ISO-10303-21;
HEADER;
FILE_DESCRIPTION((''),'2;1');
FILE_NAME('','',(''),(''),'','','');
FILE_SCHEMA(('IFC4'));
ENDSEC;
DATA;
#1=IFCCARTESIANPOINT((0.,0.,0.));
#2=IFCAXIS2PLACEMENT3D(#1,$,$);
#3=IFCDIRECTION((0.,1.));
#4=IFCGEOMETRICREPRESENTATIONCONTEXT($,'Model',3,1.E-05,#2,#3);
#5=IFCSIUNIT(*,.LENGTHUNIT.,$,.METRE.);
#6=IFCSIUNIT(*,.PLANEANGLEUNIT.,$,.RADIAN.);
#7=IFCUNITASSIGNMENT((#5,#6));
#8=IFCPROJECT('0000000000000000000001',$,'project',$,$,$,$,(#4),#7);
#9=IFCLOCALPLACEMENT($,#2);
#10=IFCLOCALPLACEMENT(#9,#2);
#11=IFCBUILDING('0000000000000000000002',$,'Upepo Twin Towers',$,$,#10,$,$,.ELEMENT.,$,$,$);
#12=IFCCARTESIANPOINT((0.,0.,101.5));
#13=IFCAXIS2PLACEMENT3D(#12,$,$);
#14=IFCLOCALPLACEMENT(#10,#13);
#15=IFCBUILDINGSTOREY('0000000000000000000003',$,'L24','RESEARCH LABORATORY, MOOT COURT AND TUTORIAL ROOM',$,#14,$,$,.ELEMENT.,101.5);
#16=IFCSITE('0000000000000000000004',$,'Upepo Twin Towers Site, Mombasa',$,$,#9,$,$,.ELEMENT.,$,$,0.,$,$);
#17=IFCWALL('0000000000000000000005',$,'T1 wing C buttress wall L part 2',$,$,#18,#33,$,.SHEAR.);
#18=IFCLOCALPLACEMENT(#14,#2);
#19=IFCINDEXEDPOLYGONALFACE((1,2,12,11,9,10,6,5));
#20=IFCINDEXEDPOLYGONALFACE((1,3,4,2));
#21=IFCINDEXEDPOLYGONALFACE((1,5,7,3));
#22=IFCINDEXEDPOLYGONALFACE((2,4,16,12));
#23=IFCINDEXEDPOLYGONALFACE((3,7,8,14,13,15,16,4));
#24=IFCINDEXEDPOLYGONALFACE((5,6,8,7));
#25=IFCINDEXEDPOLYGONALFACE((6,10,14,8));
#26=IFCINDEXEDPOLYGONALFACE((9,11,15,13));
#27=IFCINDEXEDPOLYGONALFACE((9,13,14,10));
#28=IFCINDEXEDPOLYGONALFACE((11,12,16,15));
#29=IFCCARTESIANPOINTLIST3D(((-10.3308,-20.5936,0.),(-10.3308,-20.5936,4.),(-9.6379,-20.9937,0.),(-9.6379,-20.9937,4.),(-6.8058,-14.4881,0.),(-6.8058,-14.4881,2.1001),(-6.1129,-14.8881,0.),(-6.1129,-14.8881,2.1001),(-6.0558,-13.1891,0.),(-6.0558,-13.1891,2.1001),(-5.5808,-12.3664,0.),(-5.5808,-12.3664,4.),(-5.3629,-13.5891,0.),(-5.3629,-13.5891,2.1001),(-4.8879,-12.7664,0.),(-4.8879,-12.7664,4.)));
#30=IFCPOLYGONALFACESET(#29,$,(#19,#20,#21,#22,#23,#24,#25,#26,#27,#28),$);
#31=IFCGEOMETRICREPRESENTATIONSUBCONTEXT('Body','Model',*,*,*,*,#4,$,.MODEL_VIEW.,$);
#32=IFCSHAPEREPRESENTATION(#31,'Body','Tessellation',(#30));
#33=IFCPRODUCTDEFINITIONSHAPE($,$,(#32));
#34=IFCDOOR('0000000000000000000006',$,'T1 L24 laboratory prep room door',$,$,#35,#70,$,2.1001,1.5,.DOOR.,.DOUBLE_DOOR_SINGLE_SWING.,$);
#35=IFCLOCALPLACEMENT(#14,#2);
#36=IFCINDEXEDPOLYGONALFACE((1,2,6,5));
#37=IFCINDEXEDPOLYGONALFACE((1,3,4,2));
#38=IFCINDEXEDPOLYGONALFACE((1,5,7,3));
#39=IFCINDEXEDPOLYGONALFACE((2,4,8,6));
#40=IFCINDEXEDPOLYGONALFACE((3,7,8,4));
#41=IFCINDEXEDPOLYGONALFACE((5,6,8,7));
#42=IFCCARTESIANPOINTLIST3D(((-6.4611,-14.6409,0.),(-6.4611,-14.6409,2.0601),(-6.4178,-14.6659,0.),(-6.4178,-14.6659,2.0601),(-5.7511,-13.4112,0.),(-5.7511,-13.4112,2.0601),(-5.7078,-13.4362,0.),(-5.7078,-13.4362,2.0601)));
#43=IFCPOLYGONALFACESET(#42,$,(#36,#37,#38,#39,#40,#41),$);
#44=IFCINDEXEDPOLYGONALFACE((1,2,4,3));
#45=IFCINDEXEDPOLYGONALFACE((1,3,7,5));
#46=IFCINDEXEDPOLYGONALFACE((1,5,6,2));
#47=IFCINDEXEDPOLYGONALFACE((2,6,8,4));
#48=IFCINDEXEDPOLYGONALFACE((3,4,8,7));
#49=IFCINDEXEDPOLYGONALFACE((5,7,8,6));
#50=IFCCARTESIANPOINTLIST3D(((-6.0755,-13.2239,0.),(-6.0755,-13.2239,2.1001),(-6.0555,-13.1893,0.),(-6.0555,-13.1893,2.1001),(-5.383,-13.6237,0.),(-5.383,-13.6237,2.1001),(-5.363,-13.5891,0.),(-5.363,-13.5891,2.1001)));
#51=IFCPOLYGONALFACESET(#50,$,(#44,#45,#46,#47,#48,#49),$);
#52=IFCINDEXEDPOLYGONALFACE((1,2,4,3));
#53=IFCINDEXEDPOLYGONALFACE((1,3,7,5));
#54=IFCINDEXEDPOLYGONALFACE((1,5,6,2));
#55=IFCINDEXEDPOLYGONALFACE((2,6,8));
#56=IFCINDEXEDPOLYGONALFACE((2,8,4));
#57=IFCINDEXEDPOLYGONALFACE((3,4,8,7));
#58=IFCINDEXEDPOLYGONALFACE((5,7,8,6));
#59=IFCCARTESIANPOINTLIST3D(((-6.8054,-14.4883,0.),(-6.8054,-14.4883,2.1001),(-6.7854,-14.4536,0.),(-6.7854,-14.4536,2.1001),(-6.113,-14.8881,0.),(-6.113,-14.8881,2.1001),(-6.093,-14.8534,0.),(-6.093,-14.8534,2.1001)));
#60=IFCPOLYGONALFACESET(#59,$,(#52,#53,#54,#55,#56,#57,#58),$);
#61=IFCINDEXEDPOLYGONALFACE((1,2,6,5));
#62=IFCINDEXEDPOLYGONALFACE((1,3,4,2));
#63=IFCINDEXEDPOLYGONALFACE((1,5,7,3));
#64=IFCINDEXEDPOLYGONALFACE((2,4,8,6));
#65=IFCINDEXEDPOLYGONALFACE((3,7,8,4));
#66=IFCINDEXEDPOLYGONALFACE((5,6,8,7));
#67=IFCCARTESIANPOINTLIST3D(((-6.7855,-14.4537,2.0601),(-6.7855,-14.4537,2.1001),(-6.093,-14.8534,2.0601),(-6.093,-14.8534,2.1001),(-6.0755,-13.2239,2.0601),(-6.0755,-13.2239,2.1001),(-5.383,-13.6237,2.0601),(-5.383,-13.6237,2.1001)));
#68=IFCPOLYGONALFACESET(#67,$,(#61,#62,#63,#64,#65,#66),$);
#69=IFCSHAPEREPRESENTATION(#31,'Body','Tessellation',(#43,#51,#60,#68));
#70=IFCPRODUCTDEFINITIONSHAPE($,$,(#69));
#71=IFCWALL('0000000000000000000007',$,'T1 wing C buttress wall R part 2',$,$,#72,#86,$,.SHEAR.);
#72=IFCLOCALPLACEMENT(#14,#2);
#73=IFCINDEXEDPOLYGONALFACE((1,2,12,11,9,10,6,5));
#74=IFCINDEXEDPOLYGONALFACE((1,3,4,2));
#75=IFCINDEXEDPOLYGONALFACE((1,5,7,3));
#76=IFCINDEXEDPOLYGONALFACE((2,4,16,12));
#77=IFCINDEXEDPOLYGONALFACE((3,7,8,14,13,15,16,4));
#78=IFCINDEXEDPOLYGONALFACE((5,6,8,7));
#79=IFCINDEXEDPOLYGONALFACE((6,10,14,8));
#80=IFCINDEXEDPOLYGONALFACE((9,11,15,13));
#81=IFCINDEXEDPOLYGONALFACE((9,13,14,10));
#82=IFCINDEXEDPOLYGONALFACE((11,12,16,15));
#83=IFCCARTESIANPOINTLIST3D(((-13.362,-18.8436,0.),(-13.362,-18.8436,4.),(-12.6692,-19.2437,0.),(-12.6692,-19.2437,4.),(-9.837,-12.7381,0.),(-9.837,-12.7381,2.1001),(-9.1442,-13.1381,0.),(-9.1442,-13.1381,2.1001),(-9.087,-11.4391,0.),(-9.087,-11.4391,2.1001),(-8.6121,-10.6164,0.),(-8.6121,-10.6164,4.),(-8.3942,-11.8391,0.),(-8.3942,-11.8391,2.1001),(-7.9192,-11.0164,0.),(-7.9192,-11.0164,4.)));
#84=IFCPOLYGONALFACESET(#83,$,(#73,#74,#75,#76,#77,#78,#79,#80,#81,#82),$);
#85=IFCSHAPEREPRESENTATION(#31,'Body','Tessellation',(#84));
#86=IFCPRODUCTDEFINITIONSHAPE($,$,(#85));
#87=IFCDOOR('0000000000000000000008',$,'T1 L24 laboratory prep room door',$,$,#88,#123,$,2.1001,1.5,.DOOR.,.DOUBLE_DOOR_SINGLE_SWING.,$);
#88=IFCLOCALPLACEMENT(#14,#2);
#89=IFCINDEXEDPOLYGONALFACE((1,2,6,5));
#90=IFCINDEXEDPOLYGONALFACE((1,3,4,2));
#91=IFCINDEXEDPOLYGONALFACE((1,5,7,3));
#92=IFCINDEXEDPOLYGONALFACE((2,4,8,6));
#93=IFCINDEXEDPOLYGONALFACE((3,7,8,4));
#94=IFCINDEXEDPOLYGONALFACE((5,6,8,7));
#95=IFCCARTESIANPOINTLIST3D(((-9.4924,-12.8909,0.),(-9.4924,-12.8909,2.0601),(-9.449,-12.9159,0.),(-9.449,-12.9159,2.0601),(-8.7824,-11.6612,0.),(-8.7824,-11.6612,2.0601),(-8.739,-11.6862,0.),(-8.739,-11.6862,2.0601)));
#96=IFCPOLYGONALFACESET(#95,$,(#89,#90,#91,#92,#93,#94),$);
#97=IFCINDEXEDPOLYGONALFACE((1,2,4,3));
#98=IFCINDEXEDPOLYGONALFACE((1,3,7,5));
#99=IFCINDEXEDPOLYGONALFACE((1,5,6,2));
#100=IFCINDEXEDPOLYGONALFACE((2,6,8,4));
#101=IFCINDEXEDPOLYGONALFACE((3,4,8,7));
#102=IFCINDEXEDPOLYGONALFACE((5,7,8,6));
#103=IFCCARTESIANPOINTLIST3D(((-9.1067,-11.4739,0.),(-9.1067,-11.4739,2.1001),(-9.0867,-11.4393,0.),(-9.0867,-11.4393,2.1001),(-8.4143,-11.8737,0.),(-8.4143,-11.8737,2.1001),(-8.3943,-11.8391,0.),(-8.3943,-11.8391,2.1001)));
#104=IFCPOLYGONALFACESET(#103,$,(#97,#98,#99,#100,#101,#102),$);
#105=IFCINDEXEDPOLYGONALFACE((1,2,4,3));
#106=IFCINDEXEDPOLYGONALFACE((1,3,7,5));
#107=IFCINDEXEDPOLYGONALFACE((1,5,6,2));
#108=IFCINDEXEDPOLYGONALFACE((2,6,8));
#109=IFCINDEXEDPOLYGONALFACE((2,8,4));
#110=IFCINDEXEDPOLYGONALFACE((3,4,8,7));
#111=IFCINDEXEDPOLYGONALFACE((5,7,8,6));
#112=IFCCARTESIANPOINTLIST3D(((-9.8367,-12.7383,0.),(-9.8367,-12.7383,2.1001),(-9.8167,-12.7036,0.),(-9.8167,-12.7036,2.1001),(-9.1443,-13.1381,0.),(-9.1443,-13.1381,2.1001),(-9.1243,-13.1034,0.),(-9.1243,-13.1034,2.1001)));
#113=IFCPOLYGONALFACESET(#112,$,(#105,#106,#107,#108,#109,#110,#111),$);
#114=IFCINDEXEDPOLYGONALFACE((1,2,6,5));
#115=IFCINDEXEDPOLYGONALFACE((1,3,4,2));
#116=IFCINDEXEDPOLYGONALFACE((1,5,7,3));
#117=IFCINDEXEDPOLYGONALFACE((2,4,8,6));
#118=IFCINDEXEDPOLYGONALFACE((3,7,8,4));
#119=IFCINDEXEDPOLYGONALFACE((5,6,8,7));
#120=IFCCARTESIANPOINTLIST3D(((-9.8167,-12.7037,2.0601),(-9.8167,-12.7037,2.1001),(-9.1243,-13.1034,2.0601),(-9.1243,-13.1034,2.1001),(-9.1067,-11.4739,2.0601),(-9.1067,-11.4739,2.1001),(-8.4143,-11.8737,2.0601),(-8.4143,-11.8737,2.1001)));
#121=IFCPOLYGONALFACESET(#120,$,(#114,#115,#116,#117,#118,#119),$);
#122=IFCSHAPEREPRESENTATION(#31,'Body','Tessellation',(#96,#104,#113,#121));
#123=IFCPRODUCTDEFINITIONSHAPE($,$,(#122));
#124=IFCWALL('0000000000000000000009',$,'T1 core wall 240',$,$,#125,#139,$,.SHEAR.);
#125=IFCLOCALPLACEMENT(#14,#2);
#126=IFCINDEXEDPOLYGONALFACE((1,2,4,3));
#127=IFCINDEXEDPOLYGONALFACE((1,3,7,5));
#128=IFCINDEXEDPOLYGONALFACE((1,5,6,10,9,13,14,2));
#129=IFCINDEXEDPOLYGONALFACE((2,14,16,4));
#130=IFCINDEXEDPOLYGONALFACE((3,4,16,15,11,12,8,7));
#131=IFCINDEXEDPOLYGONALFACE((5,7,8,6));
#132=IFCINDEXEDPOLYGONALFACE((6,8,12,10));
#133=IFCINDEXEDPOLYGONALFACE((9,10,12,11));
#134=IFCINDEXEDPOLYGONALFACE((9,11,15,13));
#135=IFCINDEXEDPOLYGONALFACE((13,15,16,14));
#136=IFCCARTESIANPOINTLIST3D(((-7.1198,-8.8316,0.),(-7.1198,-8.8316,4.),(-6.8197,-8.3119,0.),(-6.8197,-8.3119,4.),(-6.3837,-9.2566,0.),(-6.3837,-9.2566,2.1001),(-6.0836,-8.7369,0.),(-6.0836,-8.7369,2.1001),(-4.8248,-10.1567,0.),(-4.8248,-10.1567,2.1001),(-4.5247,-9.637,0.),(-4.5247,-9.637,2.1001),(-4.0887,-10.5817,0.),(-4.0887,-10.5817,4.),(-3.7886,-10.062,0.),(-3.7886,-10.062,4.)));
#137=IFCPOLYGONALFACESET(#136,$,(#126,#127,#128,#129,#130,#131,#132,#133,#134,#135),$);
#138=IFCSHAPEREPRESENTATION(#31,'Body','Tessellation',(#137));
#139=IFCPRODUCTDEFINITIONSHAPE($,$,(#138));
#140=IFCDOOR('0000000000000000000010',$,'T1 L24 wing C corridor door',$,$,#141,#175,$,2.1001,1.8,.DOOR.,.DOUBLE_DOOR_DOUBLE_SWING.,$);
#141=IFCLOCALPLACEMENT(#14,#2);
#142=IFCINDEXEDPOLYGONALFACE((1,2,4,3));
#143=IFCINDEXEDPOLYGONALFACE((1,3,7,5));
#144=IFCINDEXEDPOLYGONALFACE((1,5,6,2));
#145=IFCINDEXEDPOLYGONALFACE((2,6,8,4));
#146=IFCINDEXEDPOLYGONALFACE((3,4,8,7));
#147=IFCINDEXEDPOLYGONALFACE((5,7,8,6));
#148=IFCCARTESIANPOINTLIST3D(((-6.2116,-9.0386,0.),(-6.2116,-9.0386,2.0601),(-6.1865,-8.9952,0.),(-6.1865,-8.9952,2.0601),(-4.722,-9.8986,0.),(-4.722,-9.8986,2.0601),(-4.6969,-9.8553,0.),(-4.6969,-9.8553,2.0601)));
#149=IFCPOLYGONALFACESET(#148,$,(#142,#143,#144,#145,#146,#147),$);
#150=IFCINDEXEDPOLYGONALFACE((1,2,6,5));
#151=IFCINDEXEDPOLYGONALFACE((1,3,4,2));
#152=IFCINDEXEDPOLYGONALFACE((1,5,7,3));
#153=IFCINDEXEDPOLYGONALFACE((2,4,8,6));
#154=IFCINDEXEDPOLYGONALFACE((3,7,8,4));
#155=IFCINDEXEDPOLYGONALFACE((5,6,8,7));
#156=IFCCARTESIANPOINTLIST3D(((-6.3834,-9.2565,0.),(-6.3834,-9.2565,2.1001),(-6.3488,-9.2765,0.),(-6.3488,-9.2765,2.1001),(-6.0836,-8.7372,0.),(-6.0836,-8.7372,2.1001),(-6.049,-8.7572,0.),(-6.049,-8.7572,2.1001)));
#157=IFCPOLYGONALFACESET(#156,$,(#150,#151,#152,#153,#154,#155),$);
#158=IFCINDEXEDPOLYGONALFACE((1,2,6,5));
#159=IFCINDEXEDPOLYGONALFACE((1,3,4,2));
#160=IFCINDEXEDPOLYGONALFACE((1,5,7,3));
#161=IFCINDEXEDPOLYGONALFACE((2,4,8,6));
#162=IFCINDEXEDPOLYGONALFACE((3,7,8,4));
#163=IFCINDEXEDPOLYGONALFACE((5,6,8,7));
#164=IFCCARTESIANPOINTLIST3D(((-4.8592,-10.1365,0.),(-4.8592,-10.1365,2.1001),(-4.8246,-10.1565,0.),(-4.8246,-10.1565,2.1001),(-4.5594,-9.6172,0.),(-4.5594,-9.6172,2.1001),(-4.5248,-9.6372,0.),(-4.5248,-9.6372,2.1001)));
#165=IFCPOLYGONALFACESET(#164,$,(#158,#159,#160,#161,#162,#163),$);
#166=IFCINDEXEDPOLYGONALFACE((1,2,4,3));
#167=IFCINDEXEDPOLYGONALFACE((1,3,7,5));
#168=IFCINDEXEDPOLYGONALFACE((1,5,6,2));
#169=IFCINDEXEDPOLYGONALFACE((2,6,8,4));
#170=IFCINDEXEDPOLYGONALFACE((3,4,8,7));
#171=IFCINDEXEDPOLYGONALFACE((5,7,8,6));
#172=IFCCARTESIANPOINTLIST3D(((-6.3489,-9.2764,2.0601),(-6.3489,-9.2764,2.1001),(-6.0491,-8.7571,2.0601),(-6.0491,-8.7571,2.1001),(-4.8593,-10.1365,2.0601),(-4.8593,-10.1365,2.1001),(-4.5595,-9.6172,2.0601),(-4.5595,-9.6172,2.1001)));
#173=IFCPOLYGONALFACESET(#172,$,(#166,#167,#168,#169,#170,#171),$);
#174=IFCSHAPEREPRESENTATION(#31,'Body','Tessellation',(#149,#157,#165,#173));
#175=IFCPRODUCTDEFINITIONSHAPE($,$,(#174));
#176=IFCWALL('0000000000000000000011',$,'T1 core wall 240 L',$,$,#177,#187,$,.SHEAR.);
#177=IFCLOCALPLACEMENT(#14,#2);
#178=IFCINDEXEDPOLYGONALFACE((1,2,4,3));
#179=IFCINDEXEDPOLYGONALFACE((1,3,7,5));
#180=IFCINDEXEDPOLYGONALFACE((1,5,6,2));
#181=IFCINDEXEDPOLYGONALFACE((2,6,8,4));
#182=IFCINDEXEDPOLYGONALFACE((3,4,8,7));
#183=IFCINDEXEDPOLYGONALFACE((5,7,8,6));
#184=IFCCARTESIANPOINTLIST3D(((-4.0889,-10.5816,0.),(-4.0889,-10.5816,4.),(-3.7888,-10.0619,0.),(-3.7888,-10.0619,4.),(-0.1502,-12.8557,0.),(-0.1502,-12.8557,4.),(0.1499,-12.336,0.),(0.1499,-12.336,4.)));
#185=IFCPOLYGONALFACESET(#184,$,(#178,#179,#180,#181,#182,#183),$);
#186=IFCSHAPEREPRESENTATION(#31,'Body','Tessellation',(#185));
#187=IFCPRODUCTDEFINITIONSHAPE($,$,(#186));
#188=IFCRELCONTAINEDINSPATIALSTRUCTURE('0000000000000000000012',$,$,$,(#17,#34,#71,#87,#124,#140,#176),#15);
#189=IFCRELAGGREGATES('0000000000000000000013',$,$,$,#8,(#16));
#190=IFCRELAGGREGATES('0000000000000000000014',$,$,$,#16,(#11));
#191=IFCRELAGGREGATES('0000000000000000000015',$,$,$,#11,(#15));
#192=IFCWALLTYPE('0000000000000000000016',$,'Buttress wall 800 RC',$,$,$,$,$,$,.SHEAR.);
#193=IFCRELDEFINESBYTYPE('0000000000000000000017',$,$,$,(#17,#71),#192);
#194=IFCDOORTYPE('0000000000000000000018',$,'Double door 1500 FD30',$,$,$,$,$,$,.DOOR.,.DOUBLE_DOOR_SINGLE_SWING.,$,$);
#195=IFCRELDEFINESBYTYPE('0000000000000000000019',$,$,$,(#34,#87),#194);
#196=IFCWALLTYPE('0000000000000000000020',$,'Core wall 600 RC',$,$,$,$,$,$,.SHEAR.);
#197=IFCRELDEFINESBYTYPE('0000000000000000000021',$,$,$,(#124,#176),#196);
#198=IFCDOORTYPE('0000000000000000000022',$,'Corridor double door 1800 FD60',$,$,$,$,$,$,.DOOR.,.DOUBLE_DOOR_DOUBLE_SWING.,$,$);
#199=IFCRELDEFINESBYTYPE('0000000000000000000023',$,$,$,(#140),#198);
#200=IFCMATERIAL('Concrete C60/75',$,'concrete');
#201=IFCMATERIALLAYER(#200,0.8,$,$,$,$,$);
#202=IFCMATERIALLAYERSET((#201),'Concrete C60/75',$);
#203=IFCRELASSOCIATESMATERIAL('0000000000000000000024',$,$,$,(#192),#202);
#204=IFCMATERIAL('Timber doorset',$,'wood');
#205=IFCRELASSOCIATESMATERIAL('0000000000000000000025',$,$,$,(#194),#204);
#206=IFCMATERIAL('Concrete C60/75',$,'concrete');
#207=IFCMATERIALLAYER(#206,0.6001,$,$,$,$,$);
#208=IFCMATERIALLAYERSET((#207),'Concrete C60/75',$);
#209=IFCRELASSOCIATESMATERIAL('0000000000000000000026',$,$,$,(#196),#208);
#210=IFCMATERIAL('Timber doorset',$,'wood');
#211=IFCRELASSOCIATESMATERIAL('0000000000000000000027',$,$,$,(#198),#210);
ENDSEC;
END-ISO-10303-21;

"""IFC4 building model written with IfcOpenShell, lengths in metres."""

from ifc_helpers import new_model, si_unit, direction, frame, frame_2d, origin, place, context, subcontext, project, spatial, rectangle, extrude, material, layer, layer_set, type_object, element, fill, save


model = new_model("IFC4")

# Units and contexts
model_context = context("Model", 3, precision=1e-05, world=origin(), true_north=direction((0.0, 1.0)))
body_context = subcontext(model_context, "Body", "Model", "MODEL_VIEW")
ifc_project = project(units=[si_unit("LENGTHUNIT", "METRE"), si_unit("PLANEANGLEUNIT", "RADIAN")], contexts=[model_context])

# Site, building, storey
site_placement = place(None, origin())
site = spatial("IfcSite", under=ifc_project, at=site_placement, Name="Upepo Twin Towers Site, Mombasa", CompositionType="ELEMENT", RefElevation=0.0)
building_placement = place(site_placement, origin())
building = spatial("IfcBuilding", under=site, at=building_placement, Name="Upepo Twin Towers", CompositionType="ELEMENT")
storey_placement = place(building_placement, frame((0.0, 0.0, 101.5)))
storey = spatial("IfcBuildingStorey", under=building, at=storey_placement, Name="L24", Description="RESEARCH LABORATORY, MOOT COURT AND TUTORIAL ROOM", CompositionType="ELEMENT", Elevation=101.5)

# Walls, openings, doors
ifc_material_1 = material(Name="Concrete C60/75", Category="concrete")
ifc_layer_1 = layer(ifc_material_1, 0.8)
ifc_layer_set_1 = layer_set([ifc_layer_1], Name="Concrete C60/75")
wall_type_1 = type_object("IfcWallType", Name="Buttress wall 800 RC", PredefinedType="SHEAR", material=ifc_layer_set_1)
wall_1_placement = place(storey_placement, frame((-5.2344, -12.5664, 0.0), z_axis=(0.0, 0.0, 1.0), x_axis=(-0.499998, -0.866027, 0.0)))
wall_1 = element("IfcWall", 1, at=wall_1_placement, inside=storey, type_object=wall_type_1, Name="T1 wing C buttress wall L part 2", PredefinedType="SHEAR", context=body_context, shape_type="SweptSolid", body=[
    extrude(rectangle(XDim=9.5, YDim=0.8, at=frame_2d((4.75, 0.0))), origin(), (0.0, 0.0, 1.0), 4.0),
])
opening_1_placement = place(wall_1_placement, frame((0.95, 0.0, 0.0)))
opening_1 = element("IfcOpeningElement", 2, at=opening_1_placement, cuts=wall_1, PredefinedType="OPENING", context=body_context, shape_type="SweptSolid", body=[
    extrude(rectangle(XDim=1.5, YDim=2.1001, at=frame_2d((0.75, 1.05))), frame((0.0, 0.4099, 0.0), z_axis=(0.0, -1.0, 0.0), x_axis=(1.0, 0.0, 0.0)), (0.0, 0.0, 1.0), 0.8201),
])
ifc_material_2 = material(Name="Timber doorset", Category="wood")
door_type_1 = type_object("IfcDoorType", Name="Double door 1500 FD30", OperationType="DOUBLE_DOOR_SINGLE_SWING", PredefinedType="DOOR", material=ifc_material_2)
door_1_placement = place(opening_1_placement, origin())
door_1 = element("IfcDoor", 3, at=door_1_placement, inside=storey, type_object=door_type_1, Name="T1 L24 laboratory prep room door", OperationType="DOUBLE_DOOR_SINGLE_SWING", OverallHeight=2.1001, OverallWidth=1.5, PredefinedType="DOOR", context=body_context, shape_type="SweptSolid", body=[
    extrude(rectangle(XDim=1.42, YDim=2.0601, at=frame_2d((0.75, 1.03))), frame((0.0, 0.0249, 0.0), z_axis=(0.0, -1.0, 0.0), x_axis=(1.0, 0.0, 0.0)), (0.0, 0.0, 1.0), 0.05),
    extrude(rectangle(XDim=0.04, YDim=2.1001, at=frame_2d((0.02, 1.05))), frame((0.0, 0.3999, 0.0), z_axis=(0.0, -1.0, 0.0), x_axis=(1.0, 0.0, 0.0)), (0.0, 0.0, 1.0), 0.7996),
    extrude(rectangle(XDim=0.04, YDim=2.1001, at=frame_2d((1.48, 1.05))), frame((0.0, 0.3999, 0.0), z_axis=(0.0, -1.0, 0.0), x_axis=(1.0, 0.0, 0.0)), (0.0, 0.0, 1.0), 0.7996),
    extrude(rectangle(XDim=1.42, YDim=0.04, at=frame_2d((0.75, 2.0801))), frame((0.0, 0.3999, 0.0), z_axis=(0.0, -1.0, 0.0), x_axis=(1.0, 0.0, 0.0)), (0.0, 0.0, 1.0), 0.7996),
])
fill(opening_1, door_1)
wall_2_placement = place(storey_placement, frame((-8.2656, -10.8164, 0.0), z_axis=(0.0, 0.0, 1.0), x_axis=(-0.499998, -0.866027, 0.0)))
wall_2 = element("IfcWall", 4, at=wall_2_placement, inside=storey, type_object=wall_type_1, Name="T1 wing C buttress wall R part 2", PredefinedType="SHEAR", context=body_context, shape_type="SweptSolid", body=[
    extrude(rectangle(XDim=9.5, YDim=0.8, at=frame_2d((4.75, 0.0))), origin(), (0.0, 0.0, 1.0), 4.0),
])
opening_2_placement = place(wall_2_placement, frame((0.95, 0.0, 0.0)))
opening_2 = element("IfcOpeningElement", 5, at=opening_2_placement, cuts=wall_2, PredefinedType="OPENING", context=body_context, shape_type="SweptSolid", body=[
    extrude(rectangle(XDim=1.5, YDim=2.1001, at=frame_2d((0.75, 1.05))), frame((0.0, 0.4099, 0.0), z_axis=(0.0, -1.0, 0.0), x_axis=(1.0, 0.0, 0.0)), (0.0, 0.0, 1.0), 0.8201),
])
door_2_placement = place(opening_2_placement, origin())
door_2 = element("IfcDoor", 6, at=door_2_placement, inside=storey, type_object=door_type_1, Name="T1 L24 laboratory prep room door", OperationType="DOUBLE_DOOR_SINGLE_SWING", OverallHeight=2.1001, OverallWidth=1.5, PredefinedType="DOOR", context=body_context, shape_type="SweptSolid", body=[
    extrude(rectangle(XDim=1.42, YDim=2.0601, at=frame_2d((0.75, 1.03))), frame((0.0, 0.0249, 0.0), z_axis=(0.0, -1.0, 0.0), x_axis=(1.0, 0.0, 0.0)), (0.0, 0.0, 1.0), 0.05),
    extrude(rectangle(XDim=0.04, YDim=2.1001, at=frame_2d((0.02, 1.05))), frame((0.0, 0.3999, 0.0), z_axis=(0.0, -1.0, 0.0), x_axis=(1.0, 0.0, 0.0)), (0.0, 0.0, 1.0), 0.7996),
    extrude(rectangle(XDim=0.04, YDim=2.1001, at=frame_2d((1.48, 1.05))), frame((0.0, 0.3999, 0.0), z_axis=(0.0, -1.0, 0.0), x_axis=(1.0, 0.0, 0.0)), (0.0, 0.0, 1.0), 0.7996),
    extrude(rectangle(XDim=1.42, YDim=0.04, at=frame_2d((0.75, 2.0801))), frame((0.0, 0.3999, 0.0), z_axis=(0.0, -1.0, 0.0), x_axis=(1.0, 0.0, 0.0)), (0.0, 0.0, 1.0), 0.7996),
])
fill(opening_2, door_2)
ifc_material_3 = material(Name="Concrete C60/75", Category="concrete")
ifc_layer_2 = layer(ifc_material_3, 0.6001)
ifc_layer_set_2 = layer_set([ifc_layer_2], Name="Concrete C60/75")
wall_type_2 = type_object("IfcWallType", Name="Core wall 600 RC", PredefinedType="SHEAR", material=ifc_layer_set_2)
wall_3_placement = place(storey_placement, frame((-6.9697, -8.5718, 0.0), z_axis=(0.0, 0.0, 1.0), x_axis=(0.866019, -0.50001, 0.0)))
wall_3 = element("IfcWall", 7, at=wall_3_placement, inside=storey, type_object=wall_type_2, Name="T1 core wall 240", PredefinedType="SHEAR", context=body_context, shape_type="SweptSolid", body=[
    extrude(rectangle(XDim=3.5, YDim=0.6001, at=frame_2d((1.75, 0.0))), origin(), (0.0, 0.0, 1.0), 4.0),
])
opening_3_placement = place(wall_3_placement, frame((0.8501, 0.0, 0.0)))
opening_3 = element("IfcOpeningElement", 8, at=opening_3_placement, cuts=wall_3, PredefinedType="OPENING", context=body_context, shape_type="SweptSolid", body=[
    extrude(rectangle(XDim=1.8, YDim=2.1001, at=frame_2d((0.8999, 1.05))), frame((0.0, 0.3101, 0.0), z_axis=(0.0, -1.0, 0.0), x_axis=(1.0, 0.0, 0.0)), (0.0, 0.0, 1.0), 0.6201),
])
ifc_material_4 = material(Name="Timber doorset", Category="wood")
door_type_2 = type_object("IfcDoorType", Name="Corridor double door 1800 FD60", OperationType="DOUBLE_DOOR_DOUBLE_SWING", PredefinedType="DOOR", material=ifc_material_4)
door_3_placement = place(opening_3_placement, origin())
door_3 = element("IfcDoor", 9, at=door_3_placement, inside=storey, type_object=door_type_2, Name="T1 L24 wing C corridor door", OperationType="DOUBLE_DOOR_DOUBLE_SWING", OverallHeight=2.1001, OverallWidth=1.8, PredefinedType="DOOR", context=body_context, shape_type="SweptSolid", body=[
    extrude(rectangle(XDim=1.72, YDim=2.0601, at=frame_2d((0.8999, 1.03))), frame((0.0, 0.0249, 0.0), z_axis=(0.0, -1.0, 0.0), x_axis=(1.0, 0.0, 0.0)), (0.0, 0.0, 1.0), 0.05),
    extrude(rectangle(XDim=0.04, YDim=2.1001, at=frame_2d((0.02, 1.05))), frame((0.0, 0.2998, 0.0), z_axis=(0.0, -1.0, 0.0), x_axis=(1.0, 0.0, 0.0)), (0.0, 0.0, 1.0), 0.5996),
    extrude(rectangle(XDim=0.04, YDim=2.1001, at=frame_2d((1.78, 1.05))), frame((0.0, 0.2998, 0.0), z_axis=(0.0, -1.0, 0.0), x_axis=(1.0, 0.0, 0.0)), (0.0, 0.0, 1.0), 0.5996),
    extrude(rectangle(XDim=1.72, YDim=0.04, at=frame_2d((0.8999, 2.0801))), frame((0.0, 0.2998, 0.0), z_axis=(0.0, -1.0, 0.0), x_axis=(1.0, 0.0, 0.0)), (0.0, 0.0, 1.0), 0.5996),
])
fill(opening_3, door_3)

# Wall
wall_4_placement = place(storey_placement, frame((-3.9387, -10.3218, 0.0), z_axis=(0.0, 0.0, 1.0), x_axis=(0.866011, -0.500024, 0.0)))
element("IfcWall", 10, at=wall_4_placement, inside=storey, type_object=wall_type_2, Name="T1 core wall 240 L", PredefinedType="SHEAR", context=body_context, shape_type="SweptSolid", body=[
    extrude(rectangle(XDim=4.5481, YDim=0.6001, at=frame_2d((2.2739, 0.0))), origin(), (0.0, 0.0, 1.0), 4.0),
])

save(model, "model.ifc")
